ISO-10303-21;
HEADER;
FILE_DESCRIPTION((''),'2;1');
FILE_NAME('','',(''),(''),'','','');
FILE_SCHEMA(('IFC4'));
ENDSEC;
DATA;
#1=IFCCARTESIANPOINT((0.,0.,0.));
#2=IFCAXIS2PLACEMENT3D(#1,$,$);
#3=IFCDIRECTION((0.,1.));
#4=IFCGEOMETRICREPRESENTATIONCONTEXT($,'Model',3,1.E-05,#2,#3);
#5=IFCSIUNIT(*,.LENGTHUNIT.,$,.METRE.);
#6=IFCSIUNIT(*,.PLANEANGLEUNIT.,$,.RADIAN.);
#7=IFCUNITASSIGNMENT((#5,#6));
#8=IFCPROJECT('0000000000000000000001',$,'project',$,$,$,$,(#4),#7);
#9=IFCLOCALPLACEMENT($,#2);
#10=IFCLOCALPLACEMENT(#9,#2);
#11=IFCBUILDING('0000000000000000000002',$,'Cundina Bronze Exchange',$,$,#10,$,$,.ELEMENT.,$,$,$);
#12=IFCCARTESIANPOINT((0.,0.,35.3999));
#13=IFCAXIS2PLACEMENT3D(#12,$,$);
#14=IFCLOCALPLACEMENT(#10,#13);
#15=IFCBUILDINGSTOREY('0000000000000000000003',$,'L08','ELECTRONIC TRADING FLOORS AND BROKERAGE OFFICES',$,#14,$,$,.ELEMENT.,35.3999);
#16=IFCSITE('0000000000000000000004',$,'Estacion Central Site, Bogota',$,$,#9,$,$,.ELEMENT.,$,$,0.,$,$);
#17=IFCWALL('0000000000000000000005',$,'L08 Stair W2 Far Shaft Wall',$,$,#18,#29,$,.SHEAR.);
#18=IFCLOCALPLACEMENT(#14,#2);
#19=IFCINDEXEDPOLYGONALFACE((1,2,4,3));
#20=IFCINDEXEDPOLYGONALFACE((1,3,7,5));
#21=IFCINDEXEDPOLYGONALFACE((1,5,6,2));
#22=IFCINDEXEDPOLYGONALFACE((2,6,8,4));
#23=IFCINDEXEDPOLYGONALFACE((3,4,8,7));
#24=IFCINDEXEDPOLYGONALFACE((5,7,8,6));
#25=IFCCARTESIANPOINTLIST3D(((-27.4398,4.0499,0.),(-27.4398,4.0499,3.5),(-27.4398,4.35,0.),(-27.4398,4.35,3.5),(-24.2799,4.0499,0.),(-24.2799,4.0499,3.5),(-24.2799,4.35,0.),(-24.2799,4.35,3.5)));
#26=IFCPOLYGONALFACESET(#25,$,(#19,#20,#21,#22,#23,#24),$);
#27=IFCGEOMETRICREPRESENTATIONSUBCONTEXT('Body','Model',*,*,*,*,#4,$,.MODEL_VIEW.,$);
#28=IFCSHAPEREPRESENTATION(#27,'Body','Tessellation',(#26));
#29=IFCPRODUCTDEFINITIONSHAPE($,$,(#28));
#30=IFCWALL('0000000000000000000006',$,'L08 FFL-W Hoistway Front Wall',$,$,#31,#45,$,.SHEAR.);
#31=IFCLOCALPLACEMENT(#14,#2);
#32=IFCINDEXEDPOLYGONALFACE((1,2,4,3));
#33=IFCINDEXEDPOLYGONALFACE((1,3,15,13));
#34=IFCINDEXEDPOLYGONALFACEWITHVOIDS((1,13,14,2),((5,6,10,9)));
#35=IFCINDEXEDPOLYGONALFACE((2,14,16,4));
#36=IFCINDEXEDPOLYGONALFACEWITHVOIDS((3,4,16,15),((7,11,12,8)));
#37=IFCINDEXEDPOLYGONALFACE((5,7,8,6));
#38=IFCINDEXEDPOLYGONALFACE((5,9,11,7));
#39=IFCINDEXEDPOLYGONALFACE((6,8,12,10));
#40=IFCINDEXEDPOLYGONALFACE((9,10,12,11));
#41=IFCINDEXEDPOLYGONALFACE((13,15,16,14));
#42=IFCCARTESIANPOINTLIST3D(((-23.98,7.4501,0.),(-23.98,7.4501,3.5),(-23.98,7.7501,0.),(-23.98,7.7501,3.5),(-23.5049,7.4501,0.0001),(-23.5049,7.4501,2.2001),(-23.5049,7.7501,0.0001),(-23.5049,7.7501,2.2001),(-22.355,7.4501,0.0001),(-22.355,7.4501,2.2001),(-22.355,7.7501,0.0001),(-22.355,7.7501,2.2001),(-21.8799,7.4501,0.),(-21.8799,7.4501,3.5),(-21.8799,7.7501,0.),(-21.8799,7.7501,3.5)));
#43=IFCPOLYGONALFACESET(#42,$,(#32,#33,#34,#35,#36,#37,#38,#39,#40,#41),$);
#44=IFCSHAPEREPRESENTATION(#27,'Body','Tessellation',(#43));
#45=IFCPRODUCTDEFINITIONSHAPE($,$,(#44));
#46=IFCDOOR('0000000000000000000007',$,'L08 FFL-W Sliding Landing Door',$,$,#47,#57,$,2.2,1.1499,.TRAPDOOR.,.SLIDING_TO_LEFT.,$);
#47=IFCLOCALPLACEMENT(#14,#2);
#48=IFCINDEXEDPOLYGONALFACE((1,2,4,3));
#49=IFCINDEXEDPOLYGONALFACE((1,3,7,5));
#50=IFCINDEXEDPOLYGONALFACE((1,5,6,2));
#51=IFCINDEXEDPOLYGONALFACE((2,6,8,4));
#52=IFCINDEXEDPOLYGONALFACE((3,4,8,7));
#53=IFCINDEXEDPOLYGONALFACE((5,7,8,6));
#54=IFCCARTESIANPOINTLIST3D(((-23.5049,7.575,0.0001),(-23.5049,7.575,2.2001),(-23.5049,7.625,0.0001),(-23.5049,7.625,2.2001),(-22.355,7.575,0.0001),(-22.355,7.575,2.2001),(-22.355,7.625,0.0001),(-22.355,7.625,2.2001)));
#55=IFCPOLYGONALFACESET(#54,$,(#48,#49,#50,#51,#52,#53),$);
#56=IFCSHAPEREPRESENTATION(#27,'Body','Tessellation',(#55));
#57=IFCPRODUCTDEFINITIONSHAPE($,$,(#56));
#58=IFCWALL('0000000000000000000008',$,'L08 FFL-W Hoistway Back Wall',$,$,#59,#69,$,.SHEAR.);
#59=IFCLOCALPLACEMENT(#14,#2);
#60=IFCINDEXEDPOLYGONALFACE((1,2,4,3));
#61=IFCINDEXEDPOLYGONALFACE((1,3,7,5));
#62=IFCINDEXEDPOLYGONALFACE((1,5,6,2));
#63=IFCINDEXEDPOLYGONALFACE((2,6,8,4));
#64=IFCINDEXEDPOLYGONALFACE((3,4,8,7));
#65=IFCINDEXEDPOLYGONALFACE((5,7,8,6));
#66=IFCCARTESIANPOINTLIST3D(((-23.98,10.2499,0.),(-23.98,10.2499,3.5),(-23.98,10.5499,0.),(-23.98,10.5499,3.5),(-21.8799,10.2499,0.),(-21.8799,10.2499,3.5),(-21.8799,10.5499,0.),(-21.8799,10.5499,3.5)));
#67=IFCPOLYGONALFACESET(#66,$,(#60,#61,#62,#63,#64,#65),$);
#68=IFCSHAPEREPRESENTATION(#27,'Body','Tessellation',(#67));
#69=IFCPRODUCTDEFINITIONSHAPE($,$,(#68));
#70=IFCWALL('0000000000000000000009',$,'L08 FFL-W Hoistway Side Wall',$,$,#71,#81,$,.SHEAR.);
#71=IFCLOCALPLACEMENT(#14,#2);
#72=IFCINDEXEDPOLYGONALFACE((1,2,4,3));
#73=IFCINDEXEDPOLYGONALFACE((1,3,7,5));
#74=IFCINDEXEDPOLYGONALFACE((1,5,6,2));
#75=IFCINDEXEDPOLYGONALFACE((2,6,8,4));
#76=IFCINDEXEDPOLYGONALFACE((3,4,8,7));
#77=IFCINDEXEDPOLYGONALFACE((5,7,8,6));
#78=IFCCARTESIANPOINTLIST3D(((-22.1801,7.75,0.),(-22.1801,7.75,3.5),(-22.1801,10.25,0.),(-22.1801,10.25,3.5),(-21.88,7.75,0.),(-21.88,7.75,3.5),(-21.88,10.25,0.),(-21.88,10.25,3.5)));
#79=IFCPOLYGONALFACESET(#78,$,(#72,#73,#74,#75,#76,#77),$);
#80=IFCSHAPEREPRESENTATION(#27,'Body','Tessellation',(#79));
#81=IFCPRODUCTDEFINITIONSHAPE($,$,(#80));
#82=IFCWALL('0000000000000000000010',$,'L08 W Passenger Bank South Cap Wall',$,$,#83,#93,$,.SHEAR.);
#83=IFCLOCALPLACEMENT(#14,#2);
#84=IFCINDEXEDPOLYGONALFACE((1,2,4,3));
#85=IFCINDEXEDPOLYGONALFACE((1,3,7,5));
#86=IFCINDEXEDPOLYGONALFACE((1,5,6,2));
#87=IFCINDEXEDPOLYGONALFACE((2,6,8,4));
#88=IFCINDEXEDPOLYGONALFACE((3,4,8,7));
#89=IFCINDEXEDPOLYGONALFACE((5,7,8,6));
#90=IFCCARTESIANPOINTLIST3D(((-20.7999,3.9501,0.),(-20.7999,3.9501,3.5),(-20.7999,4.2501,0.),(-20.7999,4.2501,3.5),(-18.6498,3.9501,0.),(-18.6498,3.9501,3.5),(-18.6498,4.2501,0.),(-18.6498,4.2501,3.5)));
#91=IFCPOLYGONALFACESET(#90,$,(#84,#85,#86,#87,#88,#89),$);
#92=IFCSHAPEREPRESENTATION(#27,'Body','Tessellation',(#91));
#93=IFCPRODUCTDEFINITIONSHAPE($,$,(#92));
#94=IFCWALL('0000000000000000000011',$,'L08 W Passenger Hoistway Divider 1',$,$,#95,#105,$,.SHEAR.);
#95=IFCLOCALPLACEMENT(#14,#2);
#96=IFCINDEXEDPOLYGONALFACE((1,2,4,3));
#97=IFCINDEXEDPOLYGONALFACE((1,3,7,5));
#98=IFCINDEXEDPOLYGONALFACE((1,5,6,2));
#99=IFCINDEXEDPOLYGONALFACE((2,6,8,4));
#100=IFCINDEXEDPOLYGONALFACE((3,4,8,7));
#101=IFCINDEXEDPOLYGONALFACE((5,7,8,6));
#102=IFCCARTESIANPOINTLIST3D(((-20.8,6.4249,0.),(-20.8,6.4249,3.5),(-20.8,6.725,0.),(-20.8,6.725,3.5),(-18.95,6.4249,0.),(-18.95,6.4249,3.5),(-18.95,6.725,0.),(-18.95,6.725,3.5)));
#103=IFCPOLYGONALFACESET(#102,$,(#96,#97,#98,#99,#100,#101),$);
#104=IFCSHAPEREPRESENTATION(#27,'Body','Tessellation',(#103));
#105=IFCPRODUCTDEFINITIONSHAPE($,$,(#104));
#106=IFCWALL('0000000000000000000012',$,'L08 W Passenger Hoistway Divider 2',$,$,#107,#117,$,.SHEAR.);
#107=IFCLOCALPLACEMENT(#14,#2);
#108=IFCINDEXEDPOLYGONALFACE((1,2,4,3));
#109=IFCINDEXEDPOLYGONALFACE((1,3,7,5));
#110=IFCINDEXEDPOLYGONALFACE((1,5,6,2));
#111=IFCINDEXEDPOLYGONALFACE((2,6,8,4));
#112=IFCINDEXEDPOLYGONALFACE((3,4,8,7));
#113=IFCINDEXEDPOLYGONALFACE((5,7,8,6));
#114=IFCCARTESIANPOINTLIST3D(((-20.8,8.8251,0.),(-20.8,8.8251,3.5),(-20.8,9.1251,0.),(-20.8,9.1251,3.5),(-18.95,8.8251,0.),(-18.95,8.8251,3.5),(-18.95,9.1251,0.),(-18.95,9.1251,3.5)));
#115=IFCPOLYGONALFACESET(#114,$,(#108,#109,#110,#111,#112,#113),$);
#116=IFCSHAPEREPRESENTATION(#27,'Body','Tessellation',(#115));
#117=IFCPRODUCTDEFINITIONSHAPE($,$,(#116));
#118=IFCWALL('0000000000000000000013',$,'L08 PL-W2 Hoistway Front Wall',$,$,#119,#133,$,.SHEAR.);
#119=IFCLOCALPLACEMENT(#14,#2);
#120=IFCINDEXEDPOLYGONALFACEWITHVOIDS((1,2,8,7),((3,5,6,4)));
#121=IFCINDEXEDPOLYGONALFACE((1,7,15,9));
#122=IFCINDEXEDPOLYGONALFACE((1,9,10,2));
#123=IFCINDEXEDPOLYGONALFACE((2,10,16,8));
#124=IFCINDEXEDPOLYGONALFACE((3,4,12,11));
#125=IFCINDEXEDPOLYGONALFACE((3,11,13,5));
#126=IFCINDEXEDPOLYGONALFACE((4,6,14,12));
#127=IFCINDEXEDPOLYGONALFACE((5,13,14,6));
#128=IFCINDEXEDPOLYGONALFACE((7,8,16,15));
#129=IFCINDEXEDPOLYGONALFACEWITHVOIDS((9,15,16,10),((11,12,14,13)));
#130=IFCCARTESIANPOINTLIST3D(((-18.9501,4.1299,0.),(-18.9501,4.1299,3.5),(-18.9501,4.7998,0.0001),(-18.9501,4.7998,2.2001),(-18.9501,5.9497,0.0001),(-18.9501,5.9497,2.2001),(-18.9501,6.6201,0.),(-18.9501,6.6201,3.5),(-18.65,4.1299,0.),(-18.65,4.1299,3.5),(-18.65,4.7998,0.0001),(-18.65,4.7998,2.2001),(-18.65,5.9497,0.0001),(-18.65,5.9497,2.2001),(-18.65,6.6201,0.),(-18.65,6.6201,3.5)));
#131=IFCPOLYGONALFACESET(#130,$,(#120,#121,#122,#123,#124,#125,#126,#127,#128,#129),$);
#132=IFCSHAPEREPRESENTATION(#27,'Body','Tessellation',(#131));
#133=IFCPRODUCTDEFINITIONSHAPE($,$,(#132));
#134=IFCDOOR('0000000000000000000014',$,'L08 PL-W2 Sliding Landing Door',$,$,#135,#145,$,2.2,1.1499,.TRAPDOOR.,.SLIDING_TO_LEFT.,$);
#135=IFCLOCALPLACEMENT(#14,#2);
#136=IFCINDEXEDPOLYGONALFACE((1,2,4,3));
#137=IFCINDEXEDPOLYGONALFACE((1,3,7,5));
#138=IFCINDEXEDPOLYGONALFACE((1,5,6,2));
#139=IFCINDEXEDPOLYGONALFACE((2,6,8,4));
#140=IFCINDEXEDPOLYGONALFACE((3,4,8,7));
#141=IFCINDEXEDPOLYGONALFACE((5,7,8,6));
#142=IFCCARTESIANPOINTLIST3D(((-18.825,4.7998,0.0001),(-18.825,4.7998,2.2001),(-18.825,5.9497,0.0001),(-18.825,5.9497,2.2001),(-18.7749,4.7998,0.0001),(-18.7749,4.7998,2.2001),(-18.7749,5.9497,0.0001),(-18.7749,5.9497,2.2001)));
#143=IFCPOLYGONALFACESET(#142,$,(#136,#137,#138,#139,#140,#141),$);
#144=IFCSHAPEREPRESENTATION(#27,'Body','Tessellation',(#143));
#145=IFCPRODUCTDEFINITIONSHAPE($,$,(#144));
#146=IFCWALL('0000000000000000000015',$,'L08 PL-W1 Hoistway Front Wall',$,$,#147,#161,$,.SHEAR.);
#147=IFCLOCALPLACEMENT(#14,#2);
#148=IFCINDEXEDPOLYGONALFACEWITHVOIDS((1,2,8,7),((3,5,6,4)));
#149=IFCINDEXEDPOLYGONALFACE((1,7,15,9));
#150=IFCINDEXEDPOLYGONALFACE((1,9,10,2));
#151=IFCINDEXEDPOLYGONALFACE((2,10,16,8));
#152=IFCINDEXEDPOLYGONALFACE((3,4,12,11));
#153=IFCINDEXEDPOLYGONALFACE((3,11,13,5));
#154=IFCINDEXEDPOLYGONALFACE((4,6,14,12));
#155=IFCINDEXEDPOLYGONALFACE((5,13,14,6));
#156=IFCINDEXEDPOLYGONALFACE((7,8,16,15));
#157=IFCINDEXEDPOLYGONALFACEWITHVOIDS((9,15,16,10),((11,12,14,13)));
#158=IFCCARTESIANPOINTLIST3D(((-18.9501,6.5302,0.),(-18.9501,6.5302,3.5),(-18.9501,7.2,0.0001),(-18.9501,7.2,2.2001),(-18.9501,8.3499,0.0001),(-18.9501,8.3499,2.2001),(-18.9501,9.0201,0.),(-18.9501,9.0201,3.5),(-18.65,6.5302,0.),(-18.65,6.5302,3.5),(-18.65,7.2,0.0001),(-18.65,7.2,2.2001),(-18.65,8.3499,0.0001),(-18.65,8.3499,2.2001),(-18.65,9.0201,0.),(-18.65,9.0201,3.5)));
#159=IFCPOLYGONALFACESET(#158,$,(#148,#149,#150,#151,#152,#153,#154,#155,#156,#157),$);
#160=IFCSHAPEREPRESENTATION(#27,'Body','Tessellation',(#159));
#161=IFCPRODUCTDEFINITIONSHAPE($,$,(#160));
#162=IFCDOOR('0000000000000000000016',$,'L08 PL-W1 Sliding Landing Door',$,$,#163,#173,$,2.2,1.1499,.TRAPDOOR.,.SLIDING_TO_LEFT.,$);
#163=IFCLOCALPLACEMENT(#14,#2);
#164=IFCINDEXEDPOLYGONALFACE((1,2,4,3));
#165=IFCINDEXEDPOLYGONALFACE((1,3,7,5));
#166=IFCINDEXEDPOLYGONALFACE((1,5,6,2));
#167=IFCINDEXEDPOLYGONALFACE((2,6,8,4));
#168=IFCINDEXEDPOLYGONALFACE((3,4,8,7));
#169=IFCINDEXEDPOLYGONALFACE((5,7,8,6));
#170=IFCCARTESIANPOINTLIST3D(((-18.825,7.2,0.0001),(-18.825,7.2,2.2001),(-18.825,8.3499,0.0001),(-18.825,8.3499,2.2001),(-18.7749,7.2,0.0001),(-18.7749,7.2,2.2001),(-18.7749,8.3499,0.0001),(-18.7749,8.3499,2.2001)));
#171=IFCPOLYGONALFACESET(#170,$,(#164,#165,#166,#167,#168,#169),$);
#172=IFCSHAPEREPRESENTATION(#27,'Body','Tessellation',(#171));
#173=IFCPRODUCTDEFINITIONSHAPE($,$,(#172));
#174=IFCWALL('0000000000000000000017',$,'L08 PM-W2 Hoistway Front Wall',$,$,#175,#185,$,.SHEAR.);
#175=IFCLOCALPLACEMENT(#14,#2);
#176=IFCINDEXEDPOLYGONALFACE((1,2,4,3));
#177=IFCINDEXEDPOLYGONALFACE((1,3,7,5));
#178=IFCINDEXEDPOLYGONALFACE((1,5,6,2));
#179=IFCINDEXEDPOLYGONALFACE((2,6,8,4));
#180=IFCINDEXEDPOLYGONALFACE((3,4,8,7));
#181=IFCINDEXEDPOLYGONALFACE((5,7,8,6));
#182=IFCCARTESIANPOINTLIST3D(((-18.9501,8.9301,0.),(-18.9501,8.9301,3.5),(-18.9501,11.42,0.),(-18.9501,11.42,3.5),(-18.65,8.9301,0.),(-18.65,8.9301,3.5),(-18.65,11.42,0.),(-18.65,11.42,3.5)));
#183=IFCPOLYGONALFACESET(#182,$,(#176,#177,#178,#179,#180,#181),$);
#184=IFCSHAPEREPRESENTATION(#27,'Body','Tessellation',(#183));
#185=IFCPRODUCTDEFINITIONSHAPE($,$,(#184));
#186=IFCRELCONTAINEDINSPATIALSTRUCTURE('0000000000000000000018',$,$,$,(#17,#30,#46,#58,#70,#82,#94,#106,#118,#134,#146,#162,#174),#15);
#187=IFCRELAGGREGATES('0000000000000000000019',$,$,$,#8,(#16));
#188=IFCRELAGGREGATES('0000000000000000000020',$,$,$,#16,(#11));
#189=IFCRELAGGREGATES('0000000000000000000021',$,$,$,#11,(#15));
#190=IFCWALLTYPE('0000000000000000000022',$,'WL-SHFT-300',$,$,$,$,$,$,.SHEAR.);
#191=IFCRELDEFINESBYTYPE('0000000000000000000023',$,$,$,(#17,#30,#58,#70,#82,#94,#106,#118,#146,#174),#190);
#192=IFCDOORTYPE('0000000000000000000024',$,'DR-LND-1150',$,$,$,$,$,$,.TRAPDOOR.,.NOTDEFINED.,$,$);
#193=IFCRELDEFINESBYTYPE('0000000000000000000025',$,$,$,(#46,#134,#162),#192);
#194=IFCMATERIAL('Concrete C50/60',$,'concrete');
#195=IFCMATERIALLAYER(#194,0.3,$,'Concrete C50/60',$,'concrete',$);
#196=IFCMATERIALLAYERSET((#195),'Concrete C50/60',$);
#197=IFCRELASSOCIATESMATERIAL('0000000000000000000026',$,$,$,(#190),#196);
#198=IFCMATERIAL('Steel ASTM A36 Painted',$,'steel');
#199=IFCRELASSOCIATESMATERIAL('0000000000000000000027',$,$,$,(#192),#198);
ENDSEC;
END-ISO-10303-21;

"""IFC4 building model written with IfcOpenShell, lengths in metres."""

from ifc_helpers import new_model, si_unit, direction, frame, frame_2d, origin, place, context, subcontext, project, spatial, rectangle, extrude, material, layer, layer_set, type_object, element, fill, save


model = new_model("IFC4")

# Units and contexts
model_context = context("Model", 3, precision=1e-05, world=origin(), true_north=direction((0.0, 1.0)))
body_context = subcontext(model_context, "Body", "Model", "MODEL_VIEW")
ifc_project = project(units=[si_unit("LENGTHUNIT", "METRE"), si_unit("PLANEANGLEUNIT", "RADIAN")], contexts=[model_context])

# Site, building, storey
site_placement = place(None, origin())
site = spatial("IfcSite", under=ifc_project, at=site_placement, Name="Estacion Central Site, Bogota", CompositionType="ELEMENT", RefElevation=0.0)
building_placement = place(site_placement, origin())
building = spatial("IfcBuilding", under=site, at=building_placement, Name="Cundina Bronze Exchange", CompositionType="ELEMENT")
storey_placement = place(building_placement, frame((0.0, 0.0, 35.3999)))
storey = spatial("IfcBuildingStorey", under=building, at=storey_placement, Name="L08", Description="ELECTRONIC TRADING FLOORS AND BROKERAGE OFFICES", CompositionType="ELEMENT", Elevation=35.3999)

# Wall
ifc_material_1 = material(Name="Concrete C50/60", Category="concrete")
ifc_layer_1 = layer(ifc_material_1, 0.3, Name="Concrete C50/60", Category="concrete")
ifc_layer_set_1 = layer_set([ifc_layer_1], Name="Concrete C50/60")
wall_type_1 = type_object("IfcWallType", Name="WL-SHFT-300", PredefinedType="SHEAR", material=ifc_layer_set_1)
wall_1_placement = place(storey_placement, frame((-27.4399, 4.2, 0.0), z_axis=(0.0, 0.0, 1.0), x_axis=(1.0, 0.0, 0.0)))
element("IfcWall", 1, at=wall_1_placement, inside=storey, type_object=wall_type_1, Name="L08 Stair W2 Far Shaft Wall", PredefinedType="SHEAR", context=body_context, shape_type="SweptSolid", body=[
    extrude(rectangle(XDim=3.1599, YDim=0.3, at=frame_2d((1.5801, 0.0))), origin(), (0.0, 0.0, 1.0), 3.5),
])

# Wall, opening, door
wall_2_placement = place(storey_placement, frame((-23.98, 7.6001, 0.0), z_axis=(0.0, 0.0, 1.0), x_axis=(1.0, 0.0, 0.0)))
wall_2 = element("IfcWall", 2, at=wall_2_placement, inside=storey, type_object=wall_type_1, Name="L08 FFL-W Hoistway Front Wall", PredefinedType="SHEAR", context=body_context, shape_type="SweptSolid", body=[
    extrude(rectangle(XDim=2.1001, YDim=0.3, at=frame_2d((1.05, 0.0))), origin(), (0.0, 0.0, 1.0), 3.5),
])
opening_1_placement = place(wall_2_placement, frame((0.4751, 0.0, 0.0)))
opening_1 = element("IfcOpeningElement", 3, at=opening_1_placement, cuts=wall_2, PredefinedType="OPENING", context=body_context, shape_type="SweptSolid", body=[
    extrude(rectangle(XDim=1.1499, YDim=2.2, at=frame_2d((0.575, 1.1001))), frame((0.0, 0.1599, 0.0), z_axis=(0.0, -1.0, 0.0), x_axis=(1.0, 0.0, 0.0)), (0.0, 0.0, 1.0), 0.3201),
])
ifc_material_2 = material(Name="Steel ASTM A36 Painted", Category="steel")
door_type = type_object("IfcDoorType", Name="DR-LND-1150", OperationType="NOTDEFINED", PredefinedType="TRAPDOOR", material=ifc_material_2)
door_1_placement = place(opening_1_placement, origin())
door_1 = element("IfcDoor", 4, at=door_1_placement, inside=storey, type_object=door_type, Name="L08 FFL-W Sliding Landing Door", OperationType="SLIDING_TO_LEFT", OverallHeight=2.2, OverallWidth=1.1499, PredefinedType="TRAPDOOR", context=body_context, shape_type="SweptSolid", body=[
    extrude(rectangle(XDim=1.1499, YDim=2.2, at=frame_2d((0.575, 1.1001))), frame((0.0, 0.0249, 0.0), z_axis=(0.0, -1.0, 0.0), x_axis=(1.0, 0.0, 0.0)), (0.0, 0.0, 1.0), 0.05),
])
fill(opening_1, door_1)

# Walls
wall_3_placement = place(storey_placement, frame((-23.98, 10.3999, 0.0), z_axis=(0.0, 0.0, 1.0), x_axis=(1.0, 0.0, 0.0)))
element("IfcWall", 5, at=wall_3_placement, inside=storey, type_object=wall_type_1, Name="L08 FFL-W Hoistway Back Wall", PredefinedType="SHEAR", context=body_context, shape_type="SweptSolid", body=[
    extrude(rectangle(XDim=2.1001, YDim=0.3, at=frame_2d((1.05, 0.0))), origin(), (0.0, 0.0, 1.0), 3.5),
])
wall_4_placement = place(storey_placement, frame((-22.03, 7.75, 0.0), z_axis=(0.0, 0.0, 1.0), x_axis=(0.0, 1.0, 0.0)))
element("IfcWall", 6, at=wall_4_placement, inside=storey, type_object=wall_type_1, Name="L08 FFL-W Hoistway Side Wall", PredefinedType="SHEAR", context=body_context, shape_type="SweptSolid", body=[
    extrude(rectangle(XDim=2.5, YDim=0.3, at=frame_2d((1.25, 0.0))), origin(), (0.0, 0.0, 1.0), 3.5),
])
wall_5_placement = place(storey_placement, frame((-20.8, 4.1001, 0.0), z_axis=(0.0, 0.0, 1.0), x_axis=(1.0, 0.0, 0.0)))
element("IfcWall", 7, at=wall_5_placement, inside=storey, type_object=wall_type_1, Name="L08 W Passenger Bank South Cap Wall", PredefinedType="SHEAR", context=body_context, shape_type="SweptSolid", body=[
    extrude(rectangle(XDim=2.1501, YDim=0.3, at=frame_2d((1.0752, 0.0))), origin(), (0.0, 0.0, 1.0), 3.5),
])
for number, where, z_axis, x_axis, name in (
    (8, (-20.8, 6.575, 0.0), (0.0, 0.0, 1.0), (1.0, 0.0, 0.0), "L08 W Passenger Hoistway Divider 1"),
    (9, (-20.8, 8.9751, 0.0), (0.0, 0.0, 1.0), (1.0, 0.0, 0.0), "L08 W Passenger Hoistway Divider 2"),
):
    element("IfcWall", number, at=place(storey_placement, frame(where, z_axis=z_axis, x_axis=x_axis)), inside=storey, type_object=wall_type_1, Name=name, PredefinedType="SHEAR", context=body_context, shape_type="SweptSolid", body=[
        extrude(rectangle(XDim=1.8501, YDim=0.3, at=frame_2d((0.925, 0.0))), origin(), (0.0, 0.0, 1.0), 3.5),
    ])

# Walls, openings, doors
wall_6_placement = place(storey_placement, frame((-18.8, 4.1299, 0.0), z_axis=(0.0, 0.0, 1.0), x_axis=(0.0, 1.0, 0.0)))
wall_6 = element("IfcWall", 10, at=wall_6_placement, inside=storey, type_object=wall_type_1, Name="L08 PL-W2 Hoistway Front Wall", PredefinedType="SHEAR", context=body_context, shape_type="SweptSolid", body=[
    extrude(rectangle(XDim=2.4902, YDim=0.3, at=frame_2d((1.2451, 0.0))), origin(), (0.0, 0.0, 1.0), 3.5),
])
opening_2_placement = place(wall_6_placement, frame((0.6699, 0.0, 0.0)))
opening_2 = element("IfcOpeningElement", 11, at=opening_2_placement, cuts=wall_6, PredefinedType="OPENING", context=body_context, shape_type="SweptSolid", body=[
    extrude(rectangle(XDim=1.1499, YDim=2.2, at=frame_2d((0.575, 1.1001))), frame((0.0, 0.1599, 0.0), z_axis=(0.0, -1.0, 0.0), x_axis=(1.0, 0.0, 0.0)), (0.0, 0.0, 1.0), 0.3201),
])
door_2_placement = place(opening_2_placement, origin())
door_2 = element("IfcDoor", 12, at=door_2_placement, inside=storey, type_object=door_type, Name="L08 PL-W2 Sliding Landing Door", OperationType="SLIDING_TO_LEFT", OverallHeight=2.2, OverallWidth=1.1499, PredefinedType="TRAPDOOR", context=body_context, shape_type="SweptSolid", body=[
    extrude(rectangle(XDim=1.1499, YDim=2.2, at=frame_2d((0.575, 1.1001))), frame((0.0, 0.0249, 0.0), z_axis=(0.0, -1.0, 0.0), x_axis=(1.0, 0.0, 0.0)), (0.0, 0.0, 1.0), 0.05),
])
fill(opening_2, door_2)
wall_7_placement = place(storey_placement, frame((-18.8, 6.53, 0.0), z_axis=(0.0, 0.0, 1.0), x_axis=(0.0, 1.0, 0.0)))
wall_7 = element("IfcWall", 13, at=wall_7_placement, inside=storey, type_object=wall_type_1, Name="L08 PL-W1 Hoistway Front Wall", PredefinedType="SHEAR", context=body_context, shape_type="SweptSolid", body=[
    extrude(rectangle(XDim=2.49, YDim=0.3, at=frame_2d((1.2451, 0.0))), origin(), (0.0, 0.0, 1.0), 3.5),
])
opening_3_placement = place(wall_7_placement, frame((0.6699, 0.0, 0.0)))
opening_3 = element("IfcOpeningElement", 14, at=opening_3_placement, cuts=wall_7, PredefinedType="OPENING", context=body_context, shape_type="SweptSolid", body=[
    extrude(rectangle(XDim=1.1499, YDim=2.2, at=frame_2d((0.575, 1.1001))), frame((0.0, 0.1599, 0.0), z_axis=(0.0, -1.0, 0.0), x_axis=(1.0, 0.0, 0.0)), (0.0, 0.0, 1.0), 0.3201),
])
door_3_placement = place(opening_3_placement, origin())
door_3 = element("IfcDoor", 15, at=door_3_placement, inside=storey, type_object=door_type, Name="L08 PL-W1 Sliding Landing Door", OperationType="SLIDING_TO_LEFT", OverallHeight=2.2, OverallWidth=1.1499, PredefinedType="TRAPDOOR", context=body_context, shape_type="SweptSolid", body=[
    extrude(rectangle(XDim=1.1499, YDim=2.2, at=frame_2d((0.575, 1.1001))), frame((0.0, 0.0249, 0.0), z_axis=(0.0, -1.0, 0.0), x_axis=(1.0, 0.0, 0.0)), (0.0, 0.0, 1.0), 0.05),
])
fill(opening_3, door_3)

# Wall
wall_8_placement = place(storey_placement, frame((-18.8, 8.9299, 0.0), z_axis=(0.0, 0.0, 1.0), x_axis=(0.0, 1.0, 0.0)))
element("IfcWall", 16, at=wall_8_placement, inside=storey, type_object=wall_type_1, Name="L08 PM-W2 Hoistway Front Wall", PredefinedType="SHEAR", context=body_context, shape_type="SweptSolid", body=[
    extrude(rectangle(XDim=2.49, YDim=0.3, at=frame_2d((1.2451, 0.0))), origin(), (0.0, 0.0, 1.0), 3.5),
])

save(model, "model.ifc")
